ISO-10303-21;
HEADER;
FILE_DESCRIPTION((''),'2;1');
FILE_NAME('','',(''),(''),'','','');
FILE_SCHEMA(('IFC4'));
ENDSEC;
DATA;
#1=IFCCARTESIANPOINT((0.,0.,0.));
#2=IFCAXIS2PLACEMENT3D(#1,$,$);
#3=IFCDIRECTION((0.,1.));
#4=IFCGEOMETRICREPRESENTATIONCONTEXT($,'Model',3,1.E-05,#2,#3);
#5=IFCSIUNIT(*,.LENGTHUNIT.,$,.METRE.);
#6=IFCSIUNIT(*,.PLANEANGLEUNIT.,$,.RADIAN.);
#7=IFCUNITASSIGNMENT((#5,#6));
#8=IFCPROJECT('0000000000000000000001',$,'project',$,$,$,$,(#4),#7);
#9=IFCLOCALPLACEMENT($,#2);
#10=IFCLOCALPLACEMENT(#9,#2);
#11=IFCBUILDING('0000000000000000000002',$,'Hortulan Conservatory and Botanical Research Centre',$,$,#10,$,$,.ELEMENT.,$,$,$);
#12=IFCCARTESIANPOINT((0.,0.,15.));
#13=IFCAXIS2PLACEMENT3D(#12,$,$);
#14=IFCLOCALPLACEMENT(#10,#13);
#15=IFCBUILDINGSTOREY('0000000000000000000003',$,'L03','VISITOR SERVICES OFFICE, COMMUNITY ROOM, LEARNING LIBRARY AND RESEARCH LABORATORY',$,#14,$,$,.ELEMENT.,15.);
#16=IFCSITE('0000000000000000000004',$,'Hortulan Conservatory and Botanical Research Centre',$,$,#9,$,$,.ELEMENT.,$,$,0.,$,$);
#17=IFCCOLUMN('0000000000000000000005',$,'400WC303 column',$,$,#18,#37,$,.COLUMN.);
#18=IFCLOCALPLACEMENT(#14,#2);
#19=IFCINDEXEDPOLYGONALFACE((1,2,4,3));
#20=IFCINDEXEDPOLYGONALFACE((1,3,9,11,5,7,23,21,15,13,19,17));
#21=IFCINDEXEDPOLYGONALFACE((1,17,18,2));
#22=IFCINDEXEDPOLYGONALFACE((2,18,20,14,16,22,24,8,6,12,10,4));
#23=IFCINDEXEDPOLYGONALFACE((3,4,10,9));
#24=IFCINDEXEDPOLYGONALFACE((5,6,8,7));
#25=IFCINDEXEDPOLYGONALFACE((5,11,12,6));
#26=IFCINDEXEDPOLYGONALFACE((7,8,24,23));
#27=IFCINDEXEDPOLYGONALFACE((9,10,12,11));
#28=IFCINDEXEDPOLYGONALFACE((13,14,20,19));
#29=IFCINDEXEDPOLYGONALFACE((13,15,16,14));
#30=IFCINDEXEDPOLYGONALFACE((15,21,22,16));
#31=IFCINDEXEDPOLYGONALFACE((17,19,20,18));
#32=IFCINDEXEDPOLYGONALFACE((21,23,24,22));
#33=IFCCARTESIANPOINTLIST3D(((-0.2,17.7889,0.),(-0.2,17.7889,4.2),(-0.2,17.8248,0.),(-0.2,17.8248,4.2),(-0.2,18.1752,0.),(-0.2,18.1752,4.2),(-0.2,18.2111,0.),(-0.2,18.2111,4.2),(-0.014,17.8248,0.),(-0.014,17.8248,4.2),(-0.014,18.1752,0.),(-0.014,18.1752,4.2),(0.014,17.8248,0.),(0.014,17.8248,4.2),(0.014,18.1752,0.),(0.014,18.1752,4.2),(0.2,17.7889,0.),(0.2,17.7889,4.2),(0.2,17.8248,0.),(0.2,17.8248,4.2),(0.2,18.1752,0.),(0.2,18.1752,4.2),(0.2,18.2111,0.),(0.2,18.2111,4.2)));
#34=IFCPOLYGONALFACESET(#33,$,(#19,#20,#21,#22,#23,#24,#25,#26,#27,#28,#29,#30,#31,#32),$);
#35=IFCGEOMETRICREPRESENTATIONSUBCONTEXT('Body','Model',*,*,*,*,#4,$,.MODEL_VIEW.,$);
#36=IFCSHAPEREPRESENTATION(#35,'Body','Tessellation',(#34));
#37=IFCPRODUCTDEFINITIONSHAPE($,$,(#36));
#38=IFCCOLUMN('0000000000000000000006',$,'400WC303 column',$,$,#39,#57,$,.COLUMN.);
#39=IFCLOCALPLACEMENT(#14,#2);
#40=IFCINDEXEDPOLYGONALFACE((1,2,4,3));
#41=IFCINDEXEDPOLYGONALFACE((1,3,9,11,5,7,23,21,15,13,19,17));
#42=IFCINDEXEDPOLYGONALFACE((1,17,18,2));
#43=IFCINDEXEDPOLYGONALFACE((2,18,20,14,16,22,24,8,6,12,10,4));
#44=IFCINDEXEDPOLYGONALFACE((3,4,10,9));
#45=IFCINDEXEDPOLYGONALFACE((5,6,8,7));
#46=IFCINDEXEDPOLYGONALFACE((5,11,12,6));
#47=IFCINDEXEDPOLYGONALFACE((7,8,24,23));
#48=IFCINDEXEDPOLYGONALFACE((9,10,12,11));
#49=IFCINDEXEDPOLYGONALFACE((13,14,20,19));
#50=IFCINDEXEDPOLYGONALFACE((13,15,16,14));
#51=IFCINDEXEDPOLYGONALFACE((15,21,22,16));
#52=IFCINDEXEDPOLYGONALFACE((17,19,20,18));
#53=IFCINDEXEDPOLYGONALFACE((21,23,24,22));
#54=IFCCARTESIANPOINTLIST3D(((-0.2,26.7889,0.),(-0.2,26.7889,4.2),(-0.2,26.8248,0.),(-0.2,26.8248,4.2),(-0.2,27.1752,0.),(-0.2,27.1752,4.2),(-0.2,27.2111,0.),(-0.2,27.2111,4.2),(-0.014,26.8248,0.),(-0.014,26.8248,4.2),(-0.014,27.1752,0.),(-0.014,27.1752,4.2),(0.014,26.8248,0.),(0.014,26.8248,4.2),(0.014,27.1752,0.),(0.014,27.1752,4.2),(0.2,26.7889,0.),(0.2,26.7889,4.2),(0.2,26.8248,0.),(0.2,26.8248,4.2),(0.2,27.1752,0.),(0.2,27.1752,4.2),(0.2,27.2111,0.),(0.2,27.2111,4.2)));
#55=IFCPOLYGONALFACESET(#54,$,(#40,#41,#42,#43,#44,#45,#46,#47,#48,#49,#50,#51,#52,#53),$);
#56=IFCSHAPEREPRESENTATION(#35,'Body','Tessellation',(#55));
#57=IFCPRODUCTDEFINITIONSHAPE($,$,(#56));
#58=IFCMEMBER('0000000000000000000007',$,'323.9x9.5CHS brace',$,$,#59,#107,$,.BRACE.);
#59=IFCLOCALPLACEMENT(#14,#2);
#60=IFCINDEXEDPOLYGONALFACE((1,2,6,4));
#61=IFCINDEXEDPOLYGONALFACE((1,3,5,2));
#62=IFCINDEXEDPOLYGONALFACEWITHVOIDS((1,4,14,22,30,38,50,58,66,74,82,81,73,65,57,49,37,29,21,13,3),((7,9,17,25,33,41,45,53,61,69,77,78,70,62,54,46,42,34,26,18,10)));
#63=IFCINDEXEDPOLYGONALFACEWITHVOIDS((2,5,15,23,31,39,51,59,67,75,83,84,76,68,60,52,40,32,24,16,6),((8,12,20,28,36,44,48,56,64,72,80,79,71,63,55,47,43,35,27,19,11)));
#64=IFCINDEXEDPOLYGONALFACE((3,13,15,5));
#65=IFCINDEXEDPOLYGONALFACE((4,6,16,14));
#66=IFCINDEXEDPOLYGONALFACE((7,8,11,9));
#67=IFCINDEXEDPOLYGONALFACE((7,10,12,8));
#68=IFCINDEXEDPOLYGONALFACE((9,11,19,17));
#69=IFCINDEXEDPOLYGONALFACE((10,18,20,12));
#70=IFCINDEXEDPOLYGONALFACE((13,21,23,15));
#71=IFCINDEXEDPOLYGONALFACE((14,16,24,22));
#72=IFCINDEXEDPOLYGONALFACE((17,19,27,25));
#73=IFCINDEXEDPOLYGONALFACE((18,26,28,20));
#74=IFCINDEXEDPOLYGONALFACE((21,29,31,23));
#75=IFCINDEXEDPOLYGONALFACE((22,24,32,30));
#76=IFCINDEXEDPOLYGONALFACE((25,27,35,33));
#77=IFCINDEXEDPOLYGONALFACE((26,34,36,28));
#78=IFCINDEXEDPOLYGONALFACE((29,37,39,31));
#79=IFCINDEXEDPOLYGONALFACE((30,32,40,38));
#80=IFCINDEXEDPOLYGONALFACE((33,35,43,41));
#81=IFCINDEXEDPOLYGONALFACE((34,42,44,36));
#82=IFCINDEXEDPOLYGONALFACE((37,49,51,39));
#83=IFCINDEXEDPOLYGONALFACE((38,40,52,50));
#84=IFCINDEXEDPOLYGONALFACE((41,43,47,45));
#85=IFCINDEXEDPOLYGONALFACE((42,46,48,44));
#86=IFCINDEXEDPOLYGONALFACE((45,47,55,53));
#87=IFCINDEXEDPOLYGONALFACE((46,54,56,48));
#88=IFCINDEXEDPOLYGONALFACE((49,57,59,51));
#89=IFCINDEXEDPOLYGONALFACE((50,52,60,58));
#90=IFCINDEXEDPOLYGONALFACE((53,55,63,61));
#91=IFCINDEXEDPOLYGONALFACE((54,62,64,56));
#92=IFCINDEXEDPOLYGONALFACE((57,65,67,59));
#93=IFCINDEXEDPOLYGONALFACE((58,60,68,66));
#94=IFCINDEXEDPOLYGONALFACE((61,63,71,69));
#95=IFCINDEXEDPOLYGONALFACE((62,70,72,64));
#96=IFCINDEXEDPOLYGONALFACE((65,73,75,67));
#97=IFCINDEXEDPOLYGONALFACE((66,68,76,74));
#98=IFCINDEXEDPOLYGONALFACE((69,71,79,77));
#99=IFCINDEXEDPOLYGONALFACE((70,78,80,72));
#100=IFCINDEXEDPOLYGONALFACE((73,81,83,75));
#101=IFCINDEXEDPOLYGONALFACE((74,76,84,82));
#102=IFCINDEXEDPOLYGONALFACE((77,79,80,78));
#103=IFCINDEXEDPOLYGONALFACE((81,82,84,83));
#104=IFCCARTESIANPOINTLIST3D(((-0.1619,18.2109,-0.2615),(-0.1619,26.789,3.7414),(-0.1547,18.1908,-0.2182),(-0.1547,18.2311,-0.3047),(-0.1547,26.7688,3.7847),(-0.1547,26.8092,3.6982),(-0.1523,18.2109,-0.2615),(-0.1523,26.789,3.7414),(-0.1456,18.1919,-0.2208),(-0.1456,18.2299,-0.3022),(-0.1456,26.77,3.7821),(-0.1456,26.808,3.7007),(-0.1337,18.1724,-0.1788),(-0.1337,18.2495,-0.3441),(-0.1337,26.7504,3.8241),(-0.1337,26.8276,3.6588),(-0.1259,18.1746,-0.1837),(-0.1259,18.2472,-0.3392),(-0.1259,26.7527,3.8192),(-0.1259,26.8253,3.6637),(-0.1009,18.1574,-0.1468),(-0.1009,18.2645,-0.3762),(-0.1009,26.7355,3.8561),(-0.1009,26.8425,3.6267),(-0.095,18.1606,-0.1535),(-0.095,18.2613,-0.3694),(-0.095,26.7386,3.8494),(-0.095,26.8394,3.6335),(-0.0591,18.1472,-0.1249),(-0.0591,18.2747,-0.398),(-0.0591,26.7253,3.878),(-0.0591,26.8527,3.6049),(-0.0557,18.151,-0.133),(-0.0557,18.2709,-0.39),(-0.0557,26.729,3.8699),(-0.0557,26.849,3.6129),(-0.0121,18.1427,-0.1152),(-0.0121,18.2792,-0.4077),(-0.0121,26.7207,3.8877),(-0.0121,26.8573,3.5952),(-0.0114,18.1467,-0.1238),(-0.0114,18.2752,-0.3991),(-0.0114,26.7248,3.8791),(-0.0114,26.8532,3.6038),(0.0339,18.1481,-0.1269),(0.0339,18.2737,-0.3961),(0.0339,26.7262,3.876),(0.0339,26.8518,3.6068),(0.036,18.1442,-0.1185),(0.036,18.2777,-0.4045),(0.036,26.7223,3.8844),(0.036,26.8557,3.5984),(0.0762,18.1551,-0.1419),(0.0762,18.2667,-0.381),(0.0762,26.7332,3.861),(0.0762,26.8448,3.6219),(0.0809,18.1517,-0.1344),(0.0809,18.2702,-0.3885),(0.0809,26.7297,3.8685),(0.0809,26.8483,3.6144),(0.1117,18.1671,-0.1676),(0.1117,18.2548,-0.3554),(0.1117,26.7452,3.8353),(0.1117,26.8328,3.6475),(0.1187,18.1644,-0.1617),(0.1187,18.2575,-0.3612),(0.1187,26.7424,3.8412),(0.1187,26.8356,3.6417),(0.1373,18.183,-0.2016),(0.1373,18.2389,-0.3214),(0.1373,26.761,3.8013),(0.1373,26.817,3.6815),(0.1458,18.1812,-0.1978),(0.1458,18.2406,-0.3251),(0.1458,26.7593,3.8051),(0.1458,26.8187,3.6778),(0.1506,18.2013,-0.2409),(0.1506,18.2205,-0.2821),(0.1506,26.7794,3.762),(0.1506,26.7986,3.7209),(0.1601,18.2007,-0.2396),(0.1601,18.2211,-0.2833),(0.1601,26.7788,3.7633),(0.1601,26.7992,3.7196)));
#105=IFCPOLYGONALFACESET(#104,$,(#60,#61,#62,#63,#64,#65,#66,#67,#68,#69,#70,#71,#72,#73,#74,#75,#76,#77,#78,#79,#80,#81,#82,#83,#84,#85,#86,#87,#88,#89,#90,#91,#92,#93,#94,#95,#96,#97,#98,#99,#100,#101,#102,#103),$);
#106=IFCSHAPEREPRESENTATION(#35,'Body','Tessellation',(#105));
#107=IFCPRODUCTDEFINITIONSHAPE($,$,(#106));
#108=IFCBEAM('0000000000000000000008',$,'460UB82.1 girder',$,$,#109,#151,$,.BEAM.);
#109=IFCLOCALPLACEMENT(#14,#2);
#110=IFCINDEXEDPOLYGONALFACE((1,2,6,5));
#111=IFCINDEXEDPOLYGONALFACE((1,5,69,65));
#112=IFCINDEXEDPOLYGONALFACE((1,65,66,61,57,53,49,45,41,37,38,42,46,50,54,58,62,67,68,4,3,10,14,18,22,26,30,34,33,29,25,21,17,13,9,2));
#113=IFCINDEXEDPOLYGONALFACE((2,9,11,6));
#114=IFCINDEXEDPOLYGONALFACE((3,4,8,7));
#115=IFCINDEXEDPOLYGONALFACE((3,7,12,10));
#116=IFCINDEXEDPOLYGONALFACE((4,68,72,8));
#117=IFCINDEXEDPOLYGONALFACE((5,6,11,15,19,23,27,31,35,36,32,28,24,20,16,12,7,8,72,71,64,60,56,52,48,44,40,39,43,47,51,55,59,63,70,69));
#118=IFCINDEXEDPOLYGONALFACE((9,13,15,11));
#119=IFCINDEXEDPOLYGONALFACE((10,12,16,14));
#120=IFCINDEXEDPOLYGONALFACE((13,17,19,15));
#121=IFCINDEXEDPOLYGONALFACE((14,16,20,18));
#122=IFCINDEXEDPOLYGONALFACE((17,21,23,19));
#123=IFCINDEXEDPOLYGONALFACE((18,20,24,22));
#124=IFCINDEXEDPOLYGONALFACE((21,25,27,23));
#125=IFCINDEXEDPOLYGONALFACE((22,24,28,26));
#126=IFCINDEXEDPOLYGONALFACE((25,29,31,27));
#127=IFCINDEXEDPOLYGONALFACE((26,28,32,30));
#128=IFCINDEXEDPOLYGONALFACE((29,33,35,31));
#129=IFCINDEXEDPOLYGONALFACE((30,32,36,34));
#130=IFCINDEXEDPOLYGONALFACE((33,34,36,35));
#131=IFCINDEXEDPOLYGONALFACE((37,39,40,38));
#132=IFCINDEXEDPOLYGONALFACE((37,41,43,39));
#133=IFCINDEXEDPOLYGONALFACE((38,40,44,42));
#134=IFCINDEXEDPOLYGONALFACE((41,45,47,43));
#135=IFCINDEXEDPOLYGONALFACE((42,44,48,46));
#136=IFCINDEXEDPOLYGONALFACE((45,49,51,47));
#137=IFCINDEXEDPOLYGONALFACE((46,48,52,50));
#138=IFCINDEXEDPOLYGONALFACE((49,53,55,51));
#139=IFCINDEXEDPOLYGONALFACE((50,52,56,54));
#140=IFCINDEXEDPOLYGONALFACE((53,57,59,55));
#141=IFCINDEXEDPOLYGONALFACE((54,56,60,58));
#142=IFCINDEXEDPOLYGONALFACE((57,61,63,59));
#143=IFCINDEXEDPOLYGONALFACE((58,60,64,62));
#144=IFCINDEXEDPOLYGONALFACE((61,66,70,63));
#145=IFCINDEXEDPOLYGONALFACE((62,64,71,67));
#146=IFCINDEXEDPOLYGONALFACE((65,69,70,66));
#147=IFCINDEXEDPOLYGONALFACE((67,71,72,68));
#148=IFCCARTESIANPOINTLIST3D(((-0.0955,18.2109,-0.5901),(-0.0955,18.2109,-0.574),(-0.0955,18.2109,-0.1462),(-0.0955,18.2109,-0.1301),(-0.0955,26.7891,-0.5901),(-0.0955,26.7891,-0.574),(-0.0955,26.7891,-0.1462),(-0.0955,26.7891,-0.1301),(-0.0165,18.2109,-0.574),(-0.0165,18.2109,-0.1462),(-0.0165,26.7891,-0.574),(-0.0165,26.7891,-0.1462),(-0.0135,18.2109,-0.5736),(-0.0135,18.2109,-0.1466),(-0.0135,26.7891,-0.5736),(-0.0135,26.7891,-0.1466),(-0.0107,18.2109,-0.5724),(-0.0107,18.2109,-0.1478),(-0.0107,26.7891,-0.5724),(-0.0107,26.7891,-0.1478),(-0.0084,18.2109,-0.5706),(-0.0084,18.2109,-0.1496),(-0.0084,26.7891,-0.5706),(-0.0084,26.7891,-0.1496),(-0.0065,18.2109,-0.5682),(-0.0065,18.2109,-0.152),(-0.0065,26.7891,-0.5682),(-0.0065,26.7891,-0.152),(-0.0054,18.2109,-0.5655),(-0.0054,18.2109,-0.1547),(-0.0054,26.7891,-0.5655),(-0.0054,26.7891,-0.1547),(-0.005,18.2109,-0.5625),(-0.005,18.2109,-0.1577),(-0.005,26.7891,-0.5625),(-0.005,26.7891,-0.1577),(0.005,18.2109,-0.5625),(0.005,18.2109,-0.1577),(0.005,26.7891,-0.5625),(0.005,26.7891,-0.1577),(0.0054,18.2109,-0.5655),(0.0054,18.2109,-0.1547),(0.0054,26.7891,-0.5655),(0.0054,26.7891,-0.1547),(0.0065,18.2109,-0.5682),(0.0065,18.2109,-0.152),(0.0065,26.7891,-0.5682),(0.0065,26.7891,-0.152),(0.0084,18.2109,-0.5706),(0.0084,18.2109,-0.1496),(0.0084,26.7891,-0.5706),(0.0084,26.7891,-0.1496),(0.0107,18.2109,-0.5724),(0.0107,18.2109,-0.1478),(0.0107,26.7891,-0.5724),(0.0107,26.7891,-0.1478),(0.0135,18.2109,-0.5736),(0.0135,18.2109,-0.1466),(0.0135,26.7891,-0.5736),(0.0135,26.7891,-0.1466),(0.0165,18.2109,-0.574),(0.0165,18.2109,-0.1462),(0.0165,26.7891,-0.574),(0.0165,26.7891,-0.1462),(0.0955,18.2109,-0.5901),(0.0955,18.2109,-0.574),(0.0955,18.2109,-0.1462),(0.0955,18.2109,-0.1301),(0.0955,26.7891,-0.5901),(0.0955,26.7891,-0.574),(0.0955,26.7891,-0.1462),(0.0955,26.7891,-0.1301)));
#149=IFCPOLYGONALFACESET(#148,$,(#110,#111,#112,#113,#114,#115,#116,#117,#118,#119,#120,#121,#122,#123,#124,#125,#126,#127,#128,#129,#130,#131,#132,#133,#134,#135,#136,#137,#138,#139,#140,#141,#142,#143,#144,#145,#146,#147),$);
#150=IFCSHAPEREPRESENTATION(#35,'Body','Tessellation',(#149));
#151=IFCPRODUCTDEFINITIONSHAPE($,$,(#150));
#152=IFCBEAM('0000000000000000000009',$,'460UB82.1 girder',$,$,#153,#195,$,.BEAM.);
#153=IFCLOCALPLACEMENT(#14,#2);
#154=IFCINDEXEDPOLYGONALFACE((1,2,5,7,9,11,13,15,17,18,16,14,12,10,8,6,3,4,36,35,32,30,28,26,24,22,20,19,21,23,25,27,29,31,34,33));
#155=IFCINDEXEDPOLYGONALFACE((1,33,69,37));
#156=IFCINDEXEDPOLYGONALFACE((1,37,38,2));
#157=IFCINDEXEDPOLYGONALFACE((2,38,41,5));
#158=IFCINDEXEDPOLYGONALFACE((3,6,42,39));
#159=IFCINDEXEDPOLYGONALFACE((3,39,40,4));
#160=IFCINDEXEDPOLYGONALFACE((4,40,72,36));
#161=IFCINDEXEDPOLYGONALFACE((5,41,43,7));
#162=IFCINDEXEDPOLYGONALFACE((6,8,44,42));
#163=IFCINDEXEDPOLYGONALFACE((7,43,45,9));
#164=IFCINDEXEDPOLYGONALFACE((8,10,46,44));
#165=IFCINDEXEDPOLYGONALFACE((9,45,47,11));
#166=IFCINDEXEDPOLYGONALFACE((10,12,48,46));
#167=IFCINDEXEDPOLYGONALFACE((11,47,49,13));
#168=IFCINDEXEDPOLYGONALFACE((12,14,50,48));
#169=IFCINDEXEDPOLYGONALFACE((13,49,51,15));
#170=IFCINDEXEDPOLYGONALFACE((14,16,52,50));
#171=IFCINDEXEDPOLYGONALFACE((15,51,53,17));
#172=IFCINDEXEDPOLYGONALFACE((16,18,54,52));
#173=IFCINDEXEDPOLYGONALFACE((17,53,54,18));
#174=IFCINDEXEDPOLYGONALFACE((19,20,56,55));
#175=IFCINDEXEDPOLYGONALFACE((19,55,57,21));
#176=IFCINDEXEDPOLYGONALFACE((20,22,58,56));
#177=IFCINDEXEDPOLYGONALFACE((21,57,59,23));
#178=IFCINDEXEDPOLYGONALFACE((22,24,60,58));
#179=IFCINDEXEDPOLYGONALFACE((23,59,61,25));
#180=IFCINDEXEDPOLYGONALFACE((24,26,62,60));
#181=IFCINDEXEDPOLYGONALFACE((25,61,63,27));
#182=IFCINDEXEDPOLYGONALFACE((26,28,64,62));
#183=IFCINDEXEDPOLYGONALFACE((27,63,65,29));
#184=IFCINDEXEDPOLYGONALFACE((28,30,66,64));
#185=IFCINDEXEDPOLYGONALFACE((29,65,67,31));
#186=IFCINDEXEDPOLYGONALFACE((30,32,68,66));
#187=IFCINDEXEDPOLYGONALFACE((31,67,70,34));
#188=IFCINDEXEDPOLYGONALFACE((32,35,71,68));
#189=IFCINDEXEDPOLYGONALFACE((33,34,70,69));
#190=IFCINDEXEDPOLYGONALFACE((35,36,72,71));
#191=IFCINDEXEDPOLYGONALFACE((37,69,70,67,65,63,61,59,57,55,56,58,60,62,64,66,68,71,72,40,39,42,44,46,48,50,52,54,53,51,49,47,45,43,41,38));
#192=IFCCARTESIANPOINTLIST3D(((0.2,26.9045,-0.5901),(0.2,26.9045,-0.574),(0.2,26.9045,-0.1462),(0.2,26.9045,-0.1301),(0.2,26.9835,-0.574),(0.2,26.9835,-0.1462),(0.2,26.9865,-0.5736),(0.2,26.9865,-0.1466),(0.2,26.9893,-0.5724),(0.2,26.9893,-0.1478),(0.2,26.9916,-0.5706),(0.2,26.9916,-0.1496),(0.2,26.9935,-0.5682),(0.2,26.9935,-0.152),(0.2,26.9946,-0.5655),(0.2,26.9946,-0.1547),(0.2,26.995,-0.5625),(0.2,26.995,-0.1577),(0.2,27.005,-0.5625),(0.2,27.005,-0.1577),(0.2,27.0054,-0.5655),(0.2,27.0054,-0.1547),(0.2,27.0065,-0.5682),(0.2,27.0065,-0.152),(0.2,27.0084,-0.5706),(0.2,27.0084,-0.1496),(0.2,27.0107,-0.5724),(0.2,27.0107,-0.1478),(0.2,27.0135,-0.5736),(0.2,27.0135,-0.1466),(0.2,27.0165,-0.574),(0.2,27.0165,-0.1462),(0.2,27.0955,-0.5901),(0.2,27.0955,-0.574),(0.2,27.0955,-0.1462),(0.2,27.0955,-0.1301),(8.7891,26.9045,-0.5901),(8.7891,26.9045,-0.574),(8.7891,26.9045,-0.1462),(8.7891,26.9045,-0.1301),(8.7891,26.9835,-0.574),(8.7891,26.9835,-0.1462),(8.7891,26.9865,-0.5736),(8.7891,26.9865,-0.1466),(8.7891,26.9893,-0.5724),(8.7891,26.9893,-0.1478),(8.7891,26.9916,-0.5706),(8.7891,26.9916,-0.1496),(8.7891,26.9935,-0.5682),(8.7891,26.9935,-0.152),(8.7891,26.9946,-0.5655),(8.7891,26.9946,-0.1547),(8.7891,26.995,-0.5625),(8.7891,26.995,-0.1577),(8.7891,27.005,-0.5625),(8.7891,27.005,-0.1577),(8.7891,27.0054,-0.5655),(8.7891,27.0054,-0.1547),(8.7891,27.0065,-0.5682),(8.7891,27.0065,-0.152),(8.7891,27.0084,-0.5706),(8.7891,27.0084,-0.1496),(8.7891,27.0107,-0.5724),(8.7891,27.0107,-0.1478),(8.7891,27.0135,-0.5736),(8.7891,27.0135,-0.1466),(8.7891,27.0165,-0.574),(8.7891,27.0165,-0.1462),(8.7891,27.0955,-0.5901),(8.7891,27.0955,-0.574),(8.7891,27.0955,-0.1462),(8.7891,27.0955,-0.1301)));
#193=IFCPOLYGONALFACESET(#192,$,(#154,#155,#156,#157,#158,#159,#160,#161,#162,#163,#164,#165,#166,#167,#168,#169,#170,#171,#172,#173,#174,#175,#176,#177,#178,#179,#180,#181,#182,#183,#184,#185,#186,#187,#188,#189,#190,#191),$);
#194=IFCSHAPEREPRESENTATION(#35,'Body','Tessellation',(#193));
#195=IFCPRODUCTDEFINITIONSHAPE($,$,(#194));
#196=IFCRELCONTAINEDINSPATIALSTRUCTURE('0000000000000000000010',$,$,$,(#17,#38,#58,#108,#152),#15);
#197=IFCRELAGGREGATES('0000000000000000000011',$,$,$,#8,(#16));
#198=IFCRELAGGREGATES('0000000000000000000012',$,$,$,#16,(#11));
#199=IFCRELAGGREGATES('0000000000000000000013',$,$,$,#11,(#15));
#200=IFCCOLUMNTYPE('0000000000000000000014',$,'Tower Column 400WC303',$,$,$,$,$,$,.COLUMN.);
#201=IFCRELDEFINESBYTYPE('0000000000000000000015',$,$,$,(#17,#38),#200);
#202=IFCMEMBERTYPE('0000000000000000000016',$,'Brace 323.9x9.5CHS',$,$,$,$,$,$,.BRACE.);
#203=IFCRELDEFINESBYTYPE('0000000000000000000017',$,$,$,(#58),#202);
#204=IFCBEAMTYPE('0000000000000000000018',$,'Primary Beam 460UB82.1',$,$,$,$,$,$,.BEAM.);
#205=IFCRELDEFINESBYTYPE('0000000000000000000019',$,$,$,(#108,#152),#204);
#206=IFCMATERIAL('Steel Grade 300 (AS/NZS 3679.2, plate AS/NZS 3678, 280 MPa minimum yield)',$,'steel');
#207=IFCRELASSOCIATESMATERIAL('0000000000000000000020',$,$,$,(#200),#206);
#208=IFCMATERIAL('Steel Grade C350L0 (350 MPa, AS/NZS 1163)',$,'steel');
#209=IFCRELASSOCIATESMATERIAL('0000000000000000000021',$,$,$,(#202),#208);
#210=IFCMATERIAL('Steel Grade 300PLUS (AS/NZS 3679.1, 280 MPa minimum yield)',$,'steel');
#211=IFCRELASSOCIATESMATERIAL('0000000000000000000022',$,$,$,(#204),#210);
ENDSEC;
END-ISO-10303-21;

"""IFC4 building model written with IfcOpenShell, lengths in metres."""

from ifc_helpers import new_model, si_unit, direction, frame, origin, origin_2d, place, context, subcontext, project, spatial, hollow_circle, i_section, extrude, material, material_profile, profile_set, type_object, element, save


model = new_model("IFC4")

# Units and contexts
model_context = context("Model", 3, precision=1e-05, world=origin(), true_north=direction((0.0, 1.0)))
body_context = subcontext(model_context, "Body", "Model", "MODEL_VIEW")
ifc_project = project(units=[si_unit("LENGTHUNIT", "METRE"), si_unit("PLANEANGLEUNIT", "RADIAN")], contexts=[model_context])

# Site, building, storey
site_placement = place(None, origin())
site = spatial("IfcSite", under=ifc_project, at=site_placement, Name="Hortulan Conservatory and Botanical Research Centre", CompositionType="ELEMENT", RefElevation=0.0)
building_placement = place(site_placement, origin())
building = spatial("IfcBuilding", under=site, at=building_placement, Name="Hortulan Conservatory and Botanical Research Centre", CompositionType="ELEMENT")
storey_placement = place(building_placement, frame((0.0, 0.0, 15.0)))
storey = spatial("IfcBuildingStorey", under=building, at=storey_placement, Name="L03", Description="VISITOR SERVICES OFFICE, COMMUNITY ROOM, LEARNING LIBRARY AND RESEARCH LABORATORY", CompositionType="ELEMENT", Elevation=15.0)

# Columns
ifc_material_1 = material(Name="Steel Grade 300 (AS/NZS 3679.2, plate AS/NZS 3678, 280 MPa minimum yield)", Category="steel")
ifc_material_profile_1 = material_profile(ifc_material_1, i_section(OverallWidth=0.3999, OverallDepth=0.4221, WebThickness=0.0281, FlangeThickness=0.0359, at=origin_2d()), Name="400WC303")
ifc_profile_set_1 = profile_set([ifc_material_profile_1], Name="Steel Grade 300 (AS/NZS 3679.2, plate AS/NZS 3678, 280 MPa minimum yield)")
column_type = type_object("IfcColumnType", Name="Tower Column 400WC303", PredefinedType="COLUMN", material=ifc_profile_set_1)
for number, where, z_axis, x_axis, name in (
    (1, (0.0, 18.0, 0.0), (0.0, 0.0, 1.0), (1.0, 0.0, 0.0), "400WC303 column"),
    (2, (0.0, 27.0, 0.0), (0.0, 0.0, 1.0), (1.0, 0.0, 0.0), "400WC303 column"),
):
    element("IfcColumn", number, at=place(storey_placement, frame(where, z_axis=z_axis, x_axis=x_axis)), inside=storey, type_object=column_type, Name=name, PredefinedType="COLUMN", context=body_context, shape_type="SweptSolid", body=[
        extrude(i_section(OverallWidth=0.3999, OverallDepth=0.4221, WebThickness=0.0281, FlangeThickness=0.0359, at=origin_2d()), origin(), (0.0, 0.0, 1.0), 4.2),
    ])

# Member
ifc_material_2 = material(Name="Steel Grade C350L0 (350 MPa, AS/NZS 1163)", Category="steel")
ifc_material_profile_2 = material_profile(ifc_material_2, hollow_circle(Radius=0.1619, WallThickness=0.0095, at=origin_2d()), Name="323.9x9.5CHS")
ifc_profile_set_2 = profile_set([ifc_material_profile_2], Name="Steel Grade C350L0 (350 MPa, AS/NZS 1163)")
member_type = type_object("IfcMemberType", Name="Brace 323.9x9.5CHS", PredefinedType="BRACE", material=ifc_profile_set_2)
member_placement = place(storey_placement, frame((0.0, 18.2109, -0.2615), z_axis=(0.0, 0.906191, 0.422869), x_axis=(-1.0, 0.0, 0.0)))
element("IfcMember", 3, at=member_placement, inside=storey, type_object=member_type, Name="323.9x9.5CHS brace", PredefinedType="BRACE", context=body_context, shape_type="SweptSolid", body=[
    extrude(hollow_circle(Radius=0.1619, WallThickness=0.0095, at=origin_2d()), origin(), (0.0, 0.0, 1.0), 9.4661),
])

# Beams
ifc_material_3 = material(Name="Steel Grade 300PLUS (AS/NZS 3679.1, 280 MPa minimum yield)", Category="steel")
ifc_material_profile_3 = material_profile(ifc_material_3, i_section(OverallWidth=0.1909, OverallDepth=0.46, WebThickness=0.01, FlangeThickness=0.0161, FilletRadius=0.0115, at=origin_2d()), Name="460UB82.1")
ifc_profile_set_3 = profile_set([ifc_material_profile_3], Name="Steel Grade 300PLUS (AS/NZS 3679.1, 280 MPa minimum yield)")
beam_type_1 = type_object("IfcBeamType", Name="Primary Beam 460UB82.1", PredefinedType="BEAM", material=ifc_profile_set_3)
beam_1_placement = place(storey_placement, frame((0.0, 18.2109, -0.3601), z_axis=(0.0, 1.0, 0.0), x_axis=(-1.0, 0.0, 0.0)))
element("IfcBeam", 4, at=beam_1_placement, inside=storey, type_object=beam_type_1, Name="460UB82.1 girder", PredefinedType="BEAM", context=body_context, shape_type="SweptSolid", body=[
    extrude(i_section(OverallWidth=0.1909, OverallDepth=0.46, WebThickness=0.01, FlangeThickness=0.0161, FilletRadius=0.0115, at=origin_2d()), origin(), (0.0, 0.0, 1.0), 8.5781),
])
beam_2_placement = place(storey_placement, frame((0.2, 27.0, -0.3601), z_axis=(1.0, 0.0, 0.0), x_axis=(0.0, 1.0, 0.0)))
element("IfcBeam", 5, at=beam_2_placement, inside=storey, type_object=beam_type_1, Name="460UB82.1 girder", PredefinedType="BEAM", context=body_context, shape_type="SweptSolid", body=[
    extrude(i_section(OverallWidth=0.1909, OverallDepth=0.46, WebThickness=0.01, FlangeThickness=0.0161, FilletRadius=0.0115, at=origin_2d()), origin(), (0.0, 0.0, 1.0), 8.5891),
])

save(model, "model.ifc")
